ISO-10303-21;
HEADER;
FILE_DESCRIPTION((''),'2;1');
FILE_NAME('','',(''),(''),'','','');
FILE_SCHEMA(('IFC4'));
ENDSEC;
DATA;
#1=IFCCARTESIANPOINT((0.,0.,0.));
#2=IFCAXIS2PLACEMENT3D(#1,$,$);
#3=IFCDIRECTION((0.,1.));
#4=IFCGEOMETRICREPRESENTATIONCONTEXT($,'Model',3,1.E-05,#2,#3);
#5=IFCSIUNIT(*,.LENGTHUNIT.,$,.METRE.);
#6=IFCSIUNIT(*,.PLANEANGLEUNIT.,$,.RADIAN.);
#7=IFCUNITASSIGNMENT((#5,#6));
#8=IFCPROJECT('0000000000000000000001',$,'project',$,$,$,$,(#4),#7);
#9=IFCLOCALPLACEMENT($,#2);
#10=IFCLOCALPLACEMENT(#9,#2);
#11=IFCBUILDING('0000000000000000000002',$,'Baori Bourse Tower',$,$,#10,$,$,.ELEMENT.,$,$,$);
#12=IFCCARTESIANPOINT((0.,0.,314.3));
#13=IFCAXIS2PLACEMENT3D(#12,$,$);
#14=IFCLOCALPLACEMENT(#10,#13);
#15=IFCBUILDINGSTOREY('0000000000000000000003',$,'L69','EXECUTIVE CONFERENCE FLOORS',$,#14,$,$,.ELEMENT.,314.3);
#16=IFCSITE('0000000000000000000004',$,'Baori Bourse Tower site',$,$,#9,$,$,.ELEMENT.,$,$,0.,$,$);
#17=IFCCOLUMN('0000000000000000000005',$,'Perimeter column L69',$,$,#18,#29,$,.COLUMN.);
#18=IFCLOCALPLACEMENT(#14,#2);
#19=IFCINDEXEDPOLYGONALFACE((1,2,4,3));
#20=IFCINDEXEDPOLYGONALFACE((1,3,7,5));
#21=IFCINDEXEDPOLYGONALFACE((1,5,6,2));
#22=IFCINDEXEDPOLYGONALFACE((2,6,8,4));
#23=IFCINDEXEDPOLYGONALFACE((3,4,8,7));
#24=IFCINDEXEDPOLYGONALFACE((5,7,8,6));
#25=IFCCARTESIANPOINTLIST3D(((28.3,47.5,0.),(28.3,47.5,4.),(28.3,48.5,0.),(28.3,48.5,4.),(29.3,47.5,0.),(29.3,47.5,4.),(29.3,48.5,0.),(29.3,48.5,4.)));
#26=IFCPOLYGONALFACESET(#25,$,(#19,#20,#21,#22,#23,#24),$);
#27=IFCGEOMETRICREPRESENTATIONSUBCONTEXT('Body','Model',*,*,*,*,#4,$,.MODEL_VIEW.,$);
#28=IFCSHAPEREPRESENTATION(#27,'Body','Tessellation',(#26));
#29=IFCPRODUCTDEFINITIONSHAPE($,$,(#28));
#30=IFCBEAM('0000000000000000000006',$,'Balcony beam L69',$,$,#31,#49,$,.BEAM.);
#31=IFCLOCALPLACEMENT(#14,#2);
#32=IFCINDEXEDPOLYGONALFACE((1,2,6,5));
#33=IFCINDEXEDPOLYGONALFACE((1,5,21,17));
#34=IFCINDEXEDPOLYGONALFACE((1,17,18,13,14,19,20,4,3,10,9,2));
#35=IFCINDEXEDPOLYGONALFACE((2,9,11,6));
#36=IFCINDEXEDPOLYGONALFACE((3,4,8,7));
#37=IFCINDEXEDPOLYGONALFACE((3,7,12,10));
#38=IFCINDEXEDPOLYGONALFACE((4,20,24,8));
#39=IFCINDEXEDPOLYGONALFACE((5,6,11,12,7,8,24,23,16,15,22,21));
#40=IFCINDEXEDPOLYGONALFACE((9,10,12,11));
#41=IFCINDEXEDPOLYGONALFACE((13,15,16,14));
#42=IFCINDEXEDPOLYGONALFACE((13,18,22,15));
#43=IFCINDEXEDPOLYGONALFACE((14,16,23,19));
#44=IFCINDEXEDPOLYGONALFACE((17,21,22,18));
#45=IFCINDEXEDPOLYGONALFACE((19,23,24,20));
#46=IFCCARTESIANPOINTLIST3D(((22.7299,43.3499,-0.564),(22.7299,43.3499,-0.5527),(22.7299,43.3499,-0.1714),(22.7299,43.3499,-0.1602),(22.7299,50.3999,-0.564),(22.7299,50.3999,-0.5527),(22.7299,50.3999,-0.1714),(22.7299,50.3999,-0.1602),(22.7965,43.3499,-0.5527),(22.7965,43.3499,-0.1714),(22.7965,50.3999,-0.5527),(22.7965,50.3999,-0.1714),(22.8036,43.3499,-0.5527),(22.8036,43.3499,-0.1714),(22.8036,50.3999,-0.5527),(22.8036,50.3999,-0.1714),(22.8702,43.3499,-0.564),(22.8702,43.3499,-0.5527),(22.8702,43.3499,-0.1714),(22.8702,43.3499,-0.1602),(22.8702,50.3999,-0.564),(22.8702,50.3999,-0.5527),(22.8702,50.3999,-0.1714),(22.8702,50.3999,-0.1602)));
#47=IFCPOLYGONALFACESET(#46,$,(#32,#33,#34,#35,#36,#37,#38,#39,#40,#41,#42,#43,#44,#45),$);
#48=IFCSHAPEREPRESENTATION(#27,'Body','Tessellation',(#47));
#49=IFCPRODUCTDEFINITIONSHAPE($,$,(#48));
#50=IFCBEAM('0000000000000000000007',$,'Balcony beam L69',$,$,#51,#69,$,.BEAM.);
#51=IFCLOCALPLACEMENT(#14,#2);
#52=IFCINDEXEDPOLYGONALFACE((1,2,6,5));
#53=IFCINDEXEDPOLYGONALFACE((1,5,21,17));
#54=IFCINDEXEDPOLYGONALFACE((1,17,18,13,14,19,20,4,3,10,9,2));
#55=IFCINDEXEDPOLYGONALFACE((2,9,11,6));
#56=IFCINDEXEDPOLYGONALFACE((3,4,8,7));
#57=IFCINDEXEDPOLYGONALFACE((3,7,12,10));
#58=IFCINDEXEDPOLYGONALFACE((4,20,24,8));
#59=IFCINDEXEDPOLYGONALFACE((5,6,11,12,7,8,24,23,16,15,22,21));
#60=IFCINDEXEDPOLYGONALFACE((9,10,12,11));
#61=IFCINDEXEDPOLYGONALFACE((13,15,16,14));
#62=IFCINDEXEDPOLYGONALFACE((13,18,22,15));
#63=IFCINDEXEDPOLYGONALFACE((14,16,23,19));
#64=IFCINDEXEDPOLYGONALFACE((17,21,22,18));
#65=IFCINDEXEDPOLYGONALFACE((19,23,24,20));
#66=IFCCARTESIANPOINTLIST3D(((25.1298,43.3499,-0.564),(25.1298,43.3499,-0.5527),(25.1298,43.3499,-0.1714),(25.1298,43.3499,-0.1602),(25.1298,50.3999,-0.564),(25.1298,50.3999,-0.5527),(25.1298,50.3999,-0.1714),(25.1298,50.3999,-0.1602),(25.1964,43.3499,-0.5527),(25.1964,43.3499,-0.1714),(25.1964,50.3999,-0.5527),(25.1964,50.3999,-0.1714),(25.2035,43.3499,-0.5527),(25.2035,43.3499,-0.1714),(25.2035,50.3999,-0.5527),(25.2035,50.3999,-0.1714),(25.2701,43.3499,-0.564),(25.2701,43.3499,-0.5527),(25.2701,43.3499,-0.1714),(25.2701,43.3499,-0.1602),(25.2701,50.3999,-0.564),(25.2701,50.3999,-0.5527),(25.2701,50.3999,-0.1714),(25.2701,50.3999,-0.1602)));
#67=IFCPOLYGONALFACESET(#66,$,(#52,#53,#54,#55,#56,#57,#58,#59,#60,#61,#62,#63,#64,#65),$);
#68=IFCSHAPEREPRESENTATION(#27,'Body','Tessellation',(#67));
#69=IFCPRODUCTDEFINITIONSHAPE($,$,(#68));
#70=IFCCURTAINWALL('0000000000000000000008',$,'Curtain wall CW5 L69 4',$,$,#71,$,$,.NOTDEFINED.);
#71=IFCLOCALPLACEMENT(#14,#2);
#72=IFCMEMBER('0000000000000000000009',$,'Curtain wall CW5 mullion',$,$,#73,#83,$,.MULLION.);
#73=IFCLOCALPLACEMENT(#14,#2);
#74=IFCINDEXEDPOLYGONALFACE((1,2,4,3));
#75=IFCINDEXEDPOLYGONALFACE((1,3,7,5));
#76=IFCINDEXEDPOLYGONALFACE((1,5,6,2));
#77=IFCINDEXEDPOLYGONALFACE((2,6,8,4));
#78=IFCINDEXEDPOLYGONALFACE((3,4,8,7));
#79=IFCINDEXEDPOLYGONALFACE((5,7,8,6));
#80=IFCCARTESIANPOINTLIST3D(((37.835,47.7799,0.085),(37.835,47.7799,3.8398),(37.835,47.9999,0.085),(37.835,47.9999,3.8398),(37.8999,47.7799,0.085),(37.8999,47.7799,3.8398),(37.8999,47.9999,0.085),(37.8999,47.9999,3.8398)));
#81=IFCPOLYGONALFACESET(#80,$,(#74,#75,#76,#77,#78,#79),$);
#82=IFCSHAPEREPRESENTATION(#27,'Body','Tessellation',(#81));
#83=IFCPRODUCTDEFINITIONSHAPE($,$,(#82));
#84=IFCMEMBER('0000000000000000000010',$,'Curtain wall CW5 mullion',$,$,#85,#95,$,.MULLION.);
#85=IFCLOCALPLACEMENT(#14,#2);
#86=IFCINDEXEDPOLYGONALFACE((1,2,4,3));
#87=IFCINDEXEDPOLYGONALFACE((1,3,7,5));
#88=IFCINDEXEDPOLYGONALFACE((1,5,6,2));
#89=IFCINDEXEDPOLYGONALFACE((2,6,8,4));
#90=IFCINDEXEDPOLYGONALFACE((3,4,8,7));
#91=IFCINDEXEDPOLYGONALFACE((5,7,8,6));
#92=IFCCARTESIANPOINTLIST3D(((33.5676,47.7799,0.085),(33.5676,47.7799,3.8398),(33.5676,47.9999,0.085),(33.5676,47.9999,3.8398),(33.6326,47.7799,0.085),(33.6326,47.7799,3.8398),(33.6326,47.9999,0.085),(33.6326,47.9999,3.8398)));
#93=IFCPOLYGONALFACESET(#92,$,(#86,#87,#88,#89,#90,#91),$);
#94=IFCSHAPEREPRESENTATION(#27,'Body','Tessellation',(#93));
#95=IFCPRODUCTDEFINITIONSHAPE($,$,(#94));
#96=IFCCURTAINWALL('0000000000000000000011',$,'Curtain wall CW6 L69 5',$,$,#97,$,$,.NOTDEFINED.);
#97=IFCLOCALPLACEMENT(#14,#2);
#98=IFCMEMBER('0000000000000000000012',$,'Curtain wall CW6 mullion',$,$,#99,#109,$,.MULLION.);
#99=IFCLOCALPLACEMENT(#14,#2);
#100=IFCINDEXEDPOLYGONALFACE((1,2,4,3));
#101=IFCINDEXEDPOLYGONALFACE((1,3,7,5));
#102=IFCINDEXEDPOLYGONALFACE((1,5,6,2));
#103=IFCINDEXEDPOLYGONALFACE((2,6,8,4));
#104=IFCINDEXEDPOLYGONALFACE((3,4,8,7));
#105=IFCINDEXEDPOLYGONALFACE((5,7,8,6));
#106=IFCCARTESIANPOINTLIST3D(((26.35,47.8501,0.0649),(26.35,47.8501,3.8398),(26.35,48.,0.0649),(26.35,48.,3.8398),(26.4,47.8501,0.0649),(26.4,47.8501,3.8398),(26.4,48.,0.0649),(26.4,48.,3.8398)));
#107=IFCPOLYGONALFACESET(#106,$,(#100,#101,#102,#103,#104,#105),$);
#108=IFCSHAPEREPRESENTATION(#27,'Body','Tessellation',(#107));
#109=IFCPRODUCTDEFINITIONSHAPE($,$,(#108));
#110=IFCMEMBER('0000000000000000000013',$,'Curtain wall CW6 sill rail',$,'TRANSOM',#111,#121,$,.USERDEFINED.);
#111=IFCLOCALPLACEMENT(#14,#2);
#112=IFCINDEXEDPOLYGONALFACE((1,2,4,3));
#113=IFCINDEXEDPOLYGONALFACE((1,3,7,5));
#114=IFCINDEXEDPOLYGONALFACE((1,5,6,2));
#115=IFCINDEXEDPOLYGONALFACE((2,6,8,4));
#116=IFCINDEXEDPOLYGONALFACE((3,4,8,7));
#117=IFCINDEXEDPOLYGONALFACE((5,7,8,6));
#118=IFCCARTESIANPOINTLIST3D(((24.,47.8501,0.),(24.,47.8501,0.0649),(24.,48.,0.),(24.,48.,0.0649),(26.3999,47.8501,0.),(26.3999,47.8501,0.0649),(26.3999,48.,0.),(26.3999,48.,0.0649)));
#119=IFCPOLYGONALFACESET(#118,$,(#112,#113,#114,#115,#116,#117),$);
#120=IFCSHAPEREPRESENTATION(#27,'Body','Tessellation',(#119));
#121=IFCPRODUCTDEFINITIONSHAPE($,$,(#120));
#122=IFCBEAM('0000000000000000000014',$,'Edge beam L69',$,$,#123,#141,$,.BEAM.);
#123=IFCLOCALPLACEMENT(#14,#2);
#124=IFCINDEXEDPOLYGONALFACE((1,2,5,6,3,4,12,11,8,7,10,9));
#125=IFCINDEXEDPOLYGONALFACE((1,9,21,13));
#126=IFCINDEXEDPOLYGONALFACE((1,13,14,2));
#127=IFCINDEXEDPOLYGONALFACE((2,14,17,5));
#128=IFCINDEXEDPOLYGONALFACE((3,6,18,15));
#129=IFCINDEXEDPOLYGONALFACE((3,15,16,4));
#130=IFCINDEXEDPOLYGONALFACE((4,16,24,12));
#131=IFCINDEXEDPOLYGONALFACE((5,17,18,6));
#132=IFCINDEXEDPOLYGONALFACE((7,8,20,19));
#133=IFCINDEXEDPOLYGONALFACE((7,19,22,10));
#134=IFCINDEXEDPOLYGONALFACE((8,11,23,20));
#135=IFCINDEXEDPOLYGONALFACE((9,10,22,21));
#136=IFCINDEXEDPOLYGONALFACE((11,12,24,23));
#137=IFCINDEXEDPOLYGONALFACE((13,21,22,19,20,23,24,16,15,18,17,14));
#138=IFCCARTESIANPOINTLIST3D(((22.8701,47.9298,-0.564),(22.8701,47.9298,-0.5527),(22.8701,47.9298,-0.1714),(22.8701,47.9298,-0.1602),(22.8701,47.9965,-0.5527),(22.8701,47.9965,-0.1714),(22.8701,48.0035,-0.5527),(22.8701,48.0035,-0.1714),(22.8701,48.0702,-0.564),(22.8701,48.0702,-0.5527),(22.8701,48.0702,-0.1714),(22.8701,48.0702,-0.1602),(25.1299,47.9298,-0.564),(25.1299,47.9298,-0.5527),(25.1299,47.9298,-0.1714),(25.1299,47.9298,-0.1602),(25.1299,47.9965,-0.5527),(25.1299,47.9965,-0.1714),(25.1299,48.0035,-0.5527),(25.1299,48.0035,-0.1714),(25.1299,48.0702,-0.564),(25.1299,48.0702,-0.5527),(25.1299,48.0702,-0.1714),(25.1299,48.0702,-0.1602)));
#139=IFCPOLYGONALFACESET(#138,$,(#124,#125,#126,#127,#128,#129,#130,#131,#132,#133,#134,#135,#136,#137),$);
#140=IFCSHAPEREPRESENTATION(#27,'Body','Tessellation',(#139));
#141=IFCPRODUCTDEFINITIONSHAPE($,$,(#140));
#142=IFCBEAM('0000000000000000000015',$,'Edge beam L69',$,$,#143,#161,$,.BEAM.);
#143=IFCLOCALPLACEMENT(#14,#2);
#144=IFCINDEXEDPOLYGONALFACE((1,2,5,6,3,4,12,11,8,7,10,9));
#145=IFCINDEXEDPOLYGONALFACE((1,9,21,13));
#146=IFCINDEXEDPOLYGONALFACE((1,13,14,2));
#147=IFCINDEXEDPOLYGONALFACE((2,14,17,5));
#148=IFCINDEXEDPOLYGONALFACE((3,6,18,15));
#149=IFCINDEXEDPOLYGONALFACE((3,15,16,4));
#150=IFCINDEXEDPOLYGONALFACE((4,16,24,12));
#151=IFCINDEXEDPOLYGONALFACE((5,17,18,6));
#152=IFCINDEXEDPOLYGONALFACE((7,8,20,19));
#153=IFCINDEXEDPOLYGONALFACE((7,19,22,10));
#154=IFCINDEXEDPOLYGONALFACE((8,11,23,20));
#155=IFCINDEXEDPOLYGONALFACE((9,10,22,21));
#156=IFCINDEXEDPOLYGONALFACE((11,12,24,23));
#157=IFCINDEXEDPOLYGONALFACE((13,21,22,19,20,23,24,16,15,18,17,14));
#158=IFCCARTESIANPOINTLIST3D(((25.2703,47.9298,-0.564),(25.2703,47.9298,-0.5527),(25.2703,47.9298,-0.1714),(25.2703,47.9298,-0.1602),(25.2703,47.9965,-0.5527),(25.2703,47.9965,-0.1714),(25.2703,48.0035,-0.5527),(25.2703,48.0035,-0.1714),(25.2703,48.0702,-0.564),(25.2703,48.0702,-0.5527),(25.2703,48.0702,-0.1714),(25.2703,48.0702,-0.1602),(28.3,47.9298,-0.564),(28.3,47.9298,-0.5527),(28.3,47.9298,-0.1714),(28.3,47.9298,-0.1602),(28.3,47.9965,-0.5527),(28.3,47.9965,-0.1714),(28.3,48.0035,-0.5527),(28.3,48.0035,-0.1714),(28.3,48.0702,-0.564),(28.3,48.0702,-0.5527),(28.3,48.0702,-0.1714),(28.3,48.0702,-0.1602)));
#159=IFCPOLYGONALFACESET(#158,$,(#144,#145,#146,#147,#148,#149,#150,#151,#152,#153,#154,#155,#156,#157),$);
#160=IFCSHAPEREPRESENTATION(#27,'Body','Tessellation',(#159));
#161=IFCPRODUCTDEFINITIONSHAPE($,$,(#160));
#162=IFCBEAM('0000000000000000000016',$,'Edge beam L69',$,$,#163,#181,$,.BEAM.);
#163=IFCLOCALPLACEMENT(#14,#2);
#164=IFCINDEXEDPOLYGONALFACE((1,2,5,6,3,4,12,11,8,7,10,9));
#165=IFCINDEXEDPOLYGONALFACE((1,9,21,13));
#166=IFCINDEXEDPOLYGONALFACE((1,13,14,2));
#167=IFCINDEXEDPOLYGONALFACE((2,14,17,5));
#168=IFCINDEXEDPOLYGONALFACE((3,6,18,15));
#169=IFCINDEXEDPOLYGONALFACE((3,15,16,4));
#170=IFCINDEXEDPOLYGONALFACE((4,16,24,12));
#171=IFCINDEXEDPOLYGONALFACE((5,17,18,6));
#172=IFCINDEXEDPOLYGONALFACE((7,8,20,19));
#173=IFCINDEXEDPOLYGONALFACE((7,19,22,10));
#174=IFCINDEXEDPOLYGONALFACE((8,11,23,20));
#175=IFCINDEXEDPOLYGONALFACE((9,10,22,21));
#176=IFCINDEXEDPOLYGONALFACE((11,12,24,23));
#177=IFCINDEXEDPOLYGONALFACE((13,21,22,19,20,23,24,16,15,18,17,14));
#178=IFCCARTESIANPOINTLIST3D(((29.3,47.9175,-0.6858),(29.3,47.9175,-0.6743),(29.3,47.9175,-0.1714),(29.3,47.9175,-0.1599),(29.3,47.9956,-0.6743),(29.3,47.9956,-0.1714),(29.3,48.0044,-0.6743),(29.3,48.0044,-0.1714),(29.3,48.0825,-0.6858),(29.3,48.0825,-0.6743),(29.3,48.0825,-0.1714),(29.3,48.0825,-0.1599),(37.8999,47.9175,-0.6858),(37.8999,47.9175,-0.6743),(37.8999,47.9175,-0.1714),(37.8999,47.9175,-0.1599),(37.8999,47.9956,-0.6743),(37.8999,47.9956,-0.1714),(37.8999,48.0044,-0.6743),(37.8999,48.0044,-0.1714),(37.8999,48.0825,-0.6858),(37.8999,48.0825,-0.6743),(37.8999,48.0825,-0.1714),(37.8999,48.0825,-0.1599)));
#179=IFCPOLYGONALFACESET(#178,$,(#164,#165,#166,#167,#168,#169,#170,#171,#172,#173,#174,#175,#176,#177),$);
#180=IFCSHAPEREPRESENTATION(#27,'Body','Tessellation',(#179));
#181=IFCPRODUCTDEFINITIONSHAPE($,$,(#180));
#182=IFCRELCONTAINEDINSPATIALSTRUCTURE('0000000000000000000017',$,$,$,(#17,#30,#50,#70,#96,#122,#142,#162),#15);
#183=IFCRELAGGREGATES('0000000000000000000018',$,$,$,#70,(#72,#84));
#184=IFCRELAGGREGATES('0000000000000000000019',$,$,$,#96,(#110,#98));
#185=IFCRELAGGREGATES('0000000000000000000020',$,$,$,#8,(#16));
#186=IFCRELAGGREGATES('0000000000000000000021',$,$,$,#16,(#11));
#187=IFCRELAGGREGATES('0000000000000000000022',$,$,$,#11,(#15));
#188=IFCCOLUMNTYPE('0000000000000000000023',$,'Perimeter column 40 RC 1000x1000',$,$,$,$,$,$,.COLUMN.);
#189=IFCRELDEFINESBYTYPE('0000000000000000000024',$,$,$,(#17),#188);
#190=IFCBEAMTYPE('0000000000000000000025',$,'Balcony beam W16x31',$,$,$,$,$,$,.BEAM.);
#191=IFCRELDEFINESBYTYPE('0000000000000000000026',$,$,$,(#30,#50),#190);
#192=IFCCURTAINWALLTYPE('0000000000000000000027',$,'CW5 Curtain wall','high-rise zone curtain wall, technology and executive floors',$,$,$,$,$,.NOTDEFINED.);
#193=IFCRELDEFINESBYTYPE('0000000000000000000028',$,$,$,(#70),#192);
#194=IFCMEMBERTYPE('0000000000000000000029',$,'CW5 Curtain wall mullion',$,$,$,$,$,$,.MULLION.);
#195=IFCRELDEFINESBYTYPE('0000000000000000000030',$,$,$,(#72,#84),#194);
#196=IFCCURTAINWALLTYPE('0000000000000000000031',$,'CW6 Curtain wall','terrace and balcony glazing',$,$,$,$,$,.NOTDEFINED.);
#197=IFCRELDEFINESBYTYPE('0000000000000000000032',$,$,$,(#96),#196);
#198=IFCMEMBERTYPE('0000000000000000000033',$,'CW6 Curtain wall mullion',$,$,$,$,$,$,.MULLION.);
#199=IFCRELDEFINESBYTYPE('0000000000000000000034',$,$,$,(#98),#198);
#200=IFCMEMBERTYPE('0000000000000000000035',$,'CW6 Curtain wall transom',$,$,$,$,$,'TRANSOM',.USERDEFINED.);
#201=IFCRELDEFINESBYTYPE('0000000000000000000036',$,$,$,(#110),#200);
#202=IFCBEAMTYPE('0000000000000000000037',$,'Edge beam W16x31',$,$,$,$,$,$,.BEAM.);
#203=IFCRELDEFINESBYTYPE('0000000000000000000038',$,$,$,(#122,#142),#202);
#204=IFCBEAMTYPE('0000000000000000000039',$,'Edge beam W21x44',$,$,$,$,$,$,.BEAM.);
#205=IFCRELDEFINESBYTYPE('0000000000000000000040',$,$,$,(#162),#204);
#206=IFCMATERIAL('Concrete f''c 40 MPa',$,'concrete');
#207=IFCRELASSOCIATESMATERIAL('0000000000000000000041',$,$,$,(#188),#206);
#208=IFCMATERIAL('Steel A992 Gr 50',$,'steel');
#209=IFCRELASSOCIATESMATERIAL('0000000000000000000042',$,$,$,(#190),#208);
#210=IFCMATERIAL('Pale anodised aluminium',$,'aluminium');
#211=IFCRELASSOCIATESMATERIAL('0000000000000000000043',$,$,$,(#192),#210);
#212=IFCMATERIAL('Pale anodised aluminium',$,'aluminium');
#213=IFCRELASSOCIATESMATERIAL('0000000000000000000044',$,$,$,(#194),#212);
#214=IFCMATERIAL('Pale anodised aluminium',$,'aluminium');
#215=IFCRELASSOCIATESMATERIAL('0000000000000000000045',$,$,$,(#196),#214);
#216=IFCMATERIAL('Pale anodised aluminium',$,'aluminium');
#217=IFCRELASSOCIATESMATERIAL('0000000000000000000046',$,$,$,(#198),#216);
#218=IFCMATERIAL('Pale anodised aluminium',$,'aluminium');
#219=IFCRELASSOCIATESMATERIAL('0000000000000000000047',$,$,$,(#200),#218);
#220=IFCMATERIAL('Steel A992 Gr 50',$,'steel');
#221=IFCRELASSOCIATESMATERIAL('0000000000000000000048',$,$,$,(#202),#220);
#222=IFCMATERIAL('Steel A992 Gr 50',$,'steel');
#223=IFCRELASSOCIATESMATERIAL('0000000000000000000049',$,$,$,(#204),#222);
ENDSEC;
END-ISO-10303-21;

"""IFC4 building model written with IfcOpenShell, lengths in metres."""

from ifc_helpers import new_model, si_unit, direction, frame, origin, origin_2d, place, context, subcontext, project, spatial, rectangle, i_section, extrude, material, material_profile, profile_set, type_object, element, aggregate, save


model = new_model("IFC4")

# Units and contexts
model_context = context("Model", 3, precision=1e-05, world=origin(), true_north=direction((0.0, 1.0)))
body_context = subcontext(model_context, "Body", "Model", "MODEL_VIEW")
ifc_project = project(units=[si_unit("LENGTHUNIT", "METRE"), si_unit("PLANEANGLEUNIT", "RADIAN")], contexts=[model_context])

# Site, building, storey
site_placement = place(None, origin())
site = spatial("IfcSite", under=ifc_project, at=site_placement, Name="Baori Bourse Tower site", CompositionType="ELEMENT", RefElevation=0.0)
building_placement = place(site_placement, origin())
building = spatial("IfcBuilding", under=site, at=building_placement, Name="Baori Bourse Tower", CompositionType="ELEMENT")
storey_placement = place(building_placement, frame((0.0, 0.0, 314.3)))
storey = spatial("IfcBuildingStorey", under=building, at=storey_placement, Name="L69", Description="EXECUTIVE CONFERENCE FLOORS", CompositionType="ELEMENT", Elevation=314.3)

# Column
ifc_material_1 = material(Name="Concrete f'c 40 MPa", Category="concrete")
ifc_material_profile_1 = material_profile(ifc_material_1, rectangle(XDim=1.0, YDim=1.0, at=origin_2d()), Name="RC 1000x1000")
ifc_profile_set_1 = profile_set([ifc_material_profile_1], Name="Concrete f'c 40 MPa")
column_type = type_object("IfcColumnType", Name="Perimeter column 40 RC 1000x1000", PredefinedType="COLUMN", material=ifc_profile_set_1)
column_placement = place(storey_placement, frame((28.8, 48.0, 0.0), z_axis=(0.0, 0.0, 1.0), x_axis=(1.0, 0.0, 0.0)))
element("IfcColumn", 1, at=column_placement, inside=storey, type_object=column_type, Name="Perimeter column L69", PredefinedType="COLUMN", context=body_context, shape_type="SweptSolid", body=[
    extrude(rectangle(XDim=1.0, YDim=1.0, at=origin_2d()), origin(), (0.0, 0.0, 1.0), 4.0),
])

# Beams
ifc_material_2 = material(Name="Steel A992 Gr 50", Category="steel")
ifc_material_profile_2 = material_profile(ifc_material_2, i_section(OverallWidth=0.1404, OverallDepth=0.4038, WebThickness=0.0071, FlangeThickness=0.0112, at=origin_2d()), Name="W16x31")
ifc_profile_set_2 = profile_set([ifc_material_profile_2], Name="Steel A992 Gr 50")
beam_type_1 = type_object("IfcBeamType", Name="Balcony beam W16x31", PredefinedType="BEAM", material=ifc_profile_set_2)
for number, where, z_axis, x_axis, name in (
    (2, (22.8, 50.3999, -0.3621), (0.0, -1.0, 0.0), (1.0, 0.0, 0.0), "Balcony beam L69"),
    (3, (25.2, 50.3999, -0.3621), (0.0, -1.0, 0.0), (1.0, 0.0, 0.0), "Balcony beam L69"),
):
    element("IfcBeam", number, at=place(storey_placement, frame(where, z_axis=z_axis, x_axis=x_axis)), inside=storey, type_object=beam_type_1, Name=name, PredefinedType="BEAM", context=body_context, shape_type="SweptSolid", body=[
        extrude(i_section(OverallWidth=0.1404, OverallDepth=0.4038, WebThickness=0.0071, FlangeThickness=0.0112, at=origin_2d()), origin(), (0.0, 0.0, 1.0), 7.05),
    ])

# Curtain walls, members
ifc_material_3 = material(Name="Pale anodised aluminium", Category="aluminium")
curtain_wall_type_1 = type_object("IfcCurtainWallType", Name="CW5 Curtain wall", Description="high-rise zone curtain wall, technology and executive floors", PredefinedType="NOTDEFINED", material=ifc_material_3)
curtain_wall_1_placement = place(storey_placement, origin())
curtain_wall_1 = element("IfcCurtainWall", 4, at=curtain_wall_1_placement, inside=storey, type_object=curtain_wall_type_1, Name="Curtain wall CW5 L69 4", PredefinedType="NOTDEFINED")
ifc_material_4 = material(Name="Pale anodised aluminium", Category="aluminium")
ifc_material_profile_3 = material_profile(ifc_material_4, rectangle(XDim=0.22, YDim=0.0649, at=origin_2d()), Name="Mullion 65x220")
ifc_profile_set_3 = profile_set([ifc_material_profile_3], Name="Pale anodised aluminium")
member_type_1 = type_object("IfcMemberType", Name="CW5 Curtain wall mullion", PredefinedType="MULLION", material=ifc_profile_set_3)
member_1_placement = place(storey_placement, frame((37.8674, 47.8899, 0.085), z_axis=(0.0, 0.0, 1.0), x_axis=(0.0, -1.0, 0.0)))
member_1 = element("IfcMember", 5, at=member_1_placement, type_object=member_type_1, Name="Curtain wall CW5 mullion", PredefinedType="MULLION", context=body_context, shape_type="SweptSolid", body=[
    extrude(rectangle(XDim=0.22, YDim=0.0649, at=origin_2d()), origin(), (0.0, 0.0, 1.0), 3.7549),
])
member_2_placement = place(storey_placement, frame((33.6001, 47.8899, 0.085), z_axis=(0.0, 0.0, 1.0), x_axis=(0.0, -1.0, 0.0)))
member_2 = element("IfcMember", 6, at=member_2_placement, type_object=member_type_1, Name="Curtain wall CW5 mullion", PredefinedType="MULLION", context=body_context, shape_type="SweptSolid", body=[
    extrude(rectangle(XDim=0.22, YDim=0.0649, at=origin_2d()), origin(), (0.0, 0.0, 1.0), 3.7549),
])
ifc_material_5 = material(Name="Pale anodised aluminium", Category="aluminium")
curtain_wall_type_2 = type_object("IfcCurtainWallType", Name="CW6 Curtain wall", Description="terrace and balcony glazing", PredefinedType="NOTDEFINED", material=ifc_material_5)
curtain_wall_2_placement = place(storey_placement, origin())
curtain_wall_2 = element("IfcCurtainWall", 7, at=curtain_wall_2_placement, inside=storey, type_object=curtain_wall_type_2, Name="Curtain wall CW6 L69 5", PredefinedType="NOTDEFINED")
ifc_material_6 = material(Name="Pale anodised aluminium", Category="aluminium")
ifc_material_profile_4 = material_profile(ifc_material_6, rectangle(XDim=0.1499, YDim=0.05, at=origin_2d()), Name="Mullion 50x150")
ifc_profile_set_4 = profile_set([ifc_material_profile_4], Name="Pale anodised aluminium")
member_type_2 = type_object("IfcMemberType", Name="CW6 Curtain wall mullion", PredefinedType="MULLION", material=ifc_profile_set_4)
member_3_placement = place(storey_placement, frame((26.375, 47.925, 0.0649), z_axis=(0.0, 0.0, 1.0), x_axis=(0.0, -1.0, 0.0)))
member_3 = element("IfcMember", 8, at=member_3_placement, type_object=member_type_2, Name="Curtain wall CW6 mullion", PredefinedType="MULLION", context=body_context, shape_type="SweptSolid", body=[
    extrude(rectangle(XDim=0.1499, YDim=0.05, at=origin_2d()), origin(), (0.0, 0.0, 1.0), 3.7749),
])
ifc_material_7 = material(Name="Pale anodised aluminium", Category="aluminium")
ifc_material_profile_5 = material_profile(ifc_material_7, rectangle(XDim=0.1499, YDim=0.0649, at=origin_2d()), Name="Transom 65x150")
ifc_profile_set_5 = profile_set([ifc_material_profile_5], Name="Pale anodised aluminium")
member_type_3 = type_object("IfcMemberType", Name="CW6 Curtain wall transom", ElementType="TRANSOM", PredefinedType="USERDEFINED", material=ifc_profile_set_5)
member_4_placement = place(storey_placement, frame((26.3999, 47.925, 0.0325), z_axis=(-1.0, 0.0, 0.0), x_axis=(0.0, -1.0, 0.0)))
member_4 = element("IfcMember", 9, at=member_4_placement, type_object=member_type_3, Name="Curtain wall CW6 sill rail", ObjectType="TRANSOM", PredefinedType="USERDEFINED", context=body_context, shape_type="SweptSolid", body=[
    extrude(rectangle(XDim=0.1499, YDim=0.0649, at=origin_2d()), origin(), (0.0, 0.0, 1.0), 2.3999),
])

# Beams
ifc_material_8 = material(Name="Steel A992 Gr 50", Category="steel")
ifc_material_profile_6 = material_profile(ifc_material_8, i_section(OverallWidth=0.1404, OverallDepth=0.4038, WebThickness=0.0071, FlangeThickness=0.0112, at=origin_2d()), Name="W16x31")
ifc_profile_set_6 = profile_set([ifc_material_profile_6], Name="Steel A992 Gr 50")
beam_type_2 = type_object("IfcBeamType", Name="Edge beam W16x31", PredefinedType="BEAM", material=ifc_profile_set_6)
beam_1_placement = place(storey_placement, frame((22.8701, 48.0, -0.3621), z_axis=(1.0, 0.0, 0.0), x_axis=(0.0, 1.0, 0.0)))
element("IfcBeam", 10, at=beam_1_placement, inside=storey, type_object=beam_type_2, Name="Edge beam L69", PredefinedType="BEAM", context=body_context, shape_type="SweptSolid", body=[
    extrude(i_section(OverallWidth=0.1404, OverallDepth=0.4038, WebThickness=0.0071, FlangeThickness=0.0112, at=origin_2d()), origin(), (0.0, 0.0, 1.0), 2.2598),
])
beam_2_placement = place(storey_placement, frame((25.2703, 48.0, -0.3621), z_axis=(1.0, 0.0, 0.0), x_axis=(0.0, 1.0, 0.0)))
element("IfcBeam", 11, at=beam_2_placement, inside=storey, type_object=beam_type_2, Name="Edge beam L69", PredefinedType="BEAM", context=body_context, shape_type="SweptSolid", body=[
    extrude(i_section(OverallWidth=0.1404, OverallDepth=0.4038, WebThickness=0.0071, FlangeThickness=0.0112, at=origin_2d()), origin(), (0.0, 0.0, 1.0), 3.0298),
])
ifc_material_9 = material(Name="Steel A992 Gr 50", Category="steel")
ifc_material_profile_7 = material_profile(ifc_material_9, i_section(OverallWidth=0.165, OverallDepth=0.5259, WebThickness=0.0088, FlangeThickness=0.0115, at=origin_2d()), Name="W21x44")
ifc_profile_set_7 = profile_set([ifc_material_profile_7], Name="Steel A992 Gr 50")
beam_type_3 = type_object("IfcBeamType", Name="Edge beam W21x44", PredefinedType="BEAM", material=ifc_profile_set_7)
beam_3_placement = place(storey_placement, frame((29.3, 48.0, -0.4229), z_axis=(1.0, 0.0, 0.0), x_axis=(0.0, 1.0, 0.0)))
element("IfcBeam", 12, at=beam_3_placement, inside=storey, type_object=beam_type_3, Name="Edge beam L69", PredefinedType="BEAM", context=body_context, shape_type="SweptSolid", body=[
    extrude(i_section(OverallWidth=0.165, OverallDepth=0.5259, WebThickness=0.0088, FlangeThickness=0.0115, at=origin_2d()), origin(), (0.0, 0.0, 1.0), 8.5999),
])

aggregate(curtain_wall_1, [member_1, member_2])
aggregate(curtain_wall_2, [member_4, member_3])

save(model, "model.ifc")
